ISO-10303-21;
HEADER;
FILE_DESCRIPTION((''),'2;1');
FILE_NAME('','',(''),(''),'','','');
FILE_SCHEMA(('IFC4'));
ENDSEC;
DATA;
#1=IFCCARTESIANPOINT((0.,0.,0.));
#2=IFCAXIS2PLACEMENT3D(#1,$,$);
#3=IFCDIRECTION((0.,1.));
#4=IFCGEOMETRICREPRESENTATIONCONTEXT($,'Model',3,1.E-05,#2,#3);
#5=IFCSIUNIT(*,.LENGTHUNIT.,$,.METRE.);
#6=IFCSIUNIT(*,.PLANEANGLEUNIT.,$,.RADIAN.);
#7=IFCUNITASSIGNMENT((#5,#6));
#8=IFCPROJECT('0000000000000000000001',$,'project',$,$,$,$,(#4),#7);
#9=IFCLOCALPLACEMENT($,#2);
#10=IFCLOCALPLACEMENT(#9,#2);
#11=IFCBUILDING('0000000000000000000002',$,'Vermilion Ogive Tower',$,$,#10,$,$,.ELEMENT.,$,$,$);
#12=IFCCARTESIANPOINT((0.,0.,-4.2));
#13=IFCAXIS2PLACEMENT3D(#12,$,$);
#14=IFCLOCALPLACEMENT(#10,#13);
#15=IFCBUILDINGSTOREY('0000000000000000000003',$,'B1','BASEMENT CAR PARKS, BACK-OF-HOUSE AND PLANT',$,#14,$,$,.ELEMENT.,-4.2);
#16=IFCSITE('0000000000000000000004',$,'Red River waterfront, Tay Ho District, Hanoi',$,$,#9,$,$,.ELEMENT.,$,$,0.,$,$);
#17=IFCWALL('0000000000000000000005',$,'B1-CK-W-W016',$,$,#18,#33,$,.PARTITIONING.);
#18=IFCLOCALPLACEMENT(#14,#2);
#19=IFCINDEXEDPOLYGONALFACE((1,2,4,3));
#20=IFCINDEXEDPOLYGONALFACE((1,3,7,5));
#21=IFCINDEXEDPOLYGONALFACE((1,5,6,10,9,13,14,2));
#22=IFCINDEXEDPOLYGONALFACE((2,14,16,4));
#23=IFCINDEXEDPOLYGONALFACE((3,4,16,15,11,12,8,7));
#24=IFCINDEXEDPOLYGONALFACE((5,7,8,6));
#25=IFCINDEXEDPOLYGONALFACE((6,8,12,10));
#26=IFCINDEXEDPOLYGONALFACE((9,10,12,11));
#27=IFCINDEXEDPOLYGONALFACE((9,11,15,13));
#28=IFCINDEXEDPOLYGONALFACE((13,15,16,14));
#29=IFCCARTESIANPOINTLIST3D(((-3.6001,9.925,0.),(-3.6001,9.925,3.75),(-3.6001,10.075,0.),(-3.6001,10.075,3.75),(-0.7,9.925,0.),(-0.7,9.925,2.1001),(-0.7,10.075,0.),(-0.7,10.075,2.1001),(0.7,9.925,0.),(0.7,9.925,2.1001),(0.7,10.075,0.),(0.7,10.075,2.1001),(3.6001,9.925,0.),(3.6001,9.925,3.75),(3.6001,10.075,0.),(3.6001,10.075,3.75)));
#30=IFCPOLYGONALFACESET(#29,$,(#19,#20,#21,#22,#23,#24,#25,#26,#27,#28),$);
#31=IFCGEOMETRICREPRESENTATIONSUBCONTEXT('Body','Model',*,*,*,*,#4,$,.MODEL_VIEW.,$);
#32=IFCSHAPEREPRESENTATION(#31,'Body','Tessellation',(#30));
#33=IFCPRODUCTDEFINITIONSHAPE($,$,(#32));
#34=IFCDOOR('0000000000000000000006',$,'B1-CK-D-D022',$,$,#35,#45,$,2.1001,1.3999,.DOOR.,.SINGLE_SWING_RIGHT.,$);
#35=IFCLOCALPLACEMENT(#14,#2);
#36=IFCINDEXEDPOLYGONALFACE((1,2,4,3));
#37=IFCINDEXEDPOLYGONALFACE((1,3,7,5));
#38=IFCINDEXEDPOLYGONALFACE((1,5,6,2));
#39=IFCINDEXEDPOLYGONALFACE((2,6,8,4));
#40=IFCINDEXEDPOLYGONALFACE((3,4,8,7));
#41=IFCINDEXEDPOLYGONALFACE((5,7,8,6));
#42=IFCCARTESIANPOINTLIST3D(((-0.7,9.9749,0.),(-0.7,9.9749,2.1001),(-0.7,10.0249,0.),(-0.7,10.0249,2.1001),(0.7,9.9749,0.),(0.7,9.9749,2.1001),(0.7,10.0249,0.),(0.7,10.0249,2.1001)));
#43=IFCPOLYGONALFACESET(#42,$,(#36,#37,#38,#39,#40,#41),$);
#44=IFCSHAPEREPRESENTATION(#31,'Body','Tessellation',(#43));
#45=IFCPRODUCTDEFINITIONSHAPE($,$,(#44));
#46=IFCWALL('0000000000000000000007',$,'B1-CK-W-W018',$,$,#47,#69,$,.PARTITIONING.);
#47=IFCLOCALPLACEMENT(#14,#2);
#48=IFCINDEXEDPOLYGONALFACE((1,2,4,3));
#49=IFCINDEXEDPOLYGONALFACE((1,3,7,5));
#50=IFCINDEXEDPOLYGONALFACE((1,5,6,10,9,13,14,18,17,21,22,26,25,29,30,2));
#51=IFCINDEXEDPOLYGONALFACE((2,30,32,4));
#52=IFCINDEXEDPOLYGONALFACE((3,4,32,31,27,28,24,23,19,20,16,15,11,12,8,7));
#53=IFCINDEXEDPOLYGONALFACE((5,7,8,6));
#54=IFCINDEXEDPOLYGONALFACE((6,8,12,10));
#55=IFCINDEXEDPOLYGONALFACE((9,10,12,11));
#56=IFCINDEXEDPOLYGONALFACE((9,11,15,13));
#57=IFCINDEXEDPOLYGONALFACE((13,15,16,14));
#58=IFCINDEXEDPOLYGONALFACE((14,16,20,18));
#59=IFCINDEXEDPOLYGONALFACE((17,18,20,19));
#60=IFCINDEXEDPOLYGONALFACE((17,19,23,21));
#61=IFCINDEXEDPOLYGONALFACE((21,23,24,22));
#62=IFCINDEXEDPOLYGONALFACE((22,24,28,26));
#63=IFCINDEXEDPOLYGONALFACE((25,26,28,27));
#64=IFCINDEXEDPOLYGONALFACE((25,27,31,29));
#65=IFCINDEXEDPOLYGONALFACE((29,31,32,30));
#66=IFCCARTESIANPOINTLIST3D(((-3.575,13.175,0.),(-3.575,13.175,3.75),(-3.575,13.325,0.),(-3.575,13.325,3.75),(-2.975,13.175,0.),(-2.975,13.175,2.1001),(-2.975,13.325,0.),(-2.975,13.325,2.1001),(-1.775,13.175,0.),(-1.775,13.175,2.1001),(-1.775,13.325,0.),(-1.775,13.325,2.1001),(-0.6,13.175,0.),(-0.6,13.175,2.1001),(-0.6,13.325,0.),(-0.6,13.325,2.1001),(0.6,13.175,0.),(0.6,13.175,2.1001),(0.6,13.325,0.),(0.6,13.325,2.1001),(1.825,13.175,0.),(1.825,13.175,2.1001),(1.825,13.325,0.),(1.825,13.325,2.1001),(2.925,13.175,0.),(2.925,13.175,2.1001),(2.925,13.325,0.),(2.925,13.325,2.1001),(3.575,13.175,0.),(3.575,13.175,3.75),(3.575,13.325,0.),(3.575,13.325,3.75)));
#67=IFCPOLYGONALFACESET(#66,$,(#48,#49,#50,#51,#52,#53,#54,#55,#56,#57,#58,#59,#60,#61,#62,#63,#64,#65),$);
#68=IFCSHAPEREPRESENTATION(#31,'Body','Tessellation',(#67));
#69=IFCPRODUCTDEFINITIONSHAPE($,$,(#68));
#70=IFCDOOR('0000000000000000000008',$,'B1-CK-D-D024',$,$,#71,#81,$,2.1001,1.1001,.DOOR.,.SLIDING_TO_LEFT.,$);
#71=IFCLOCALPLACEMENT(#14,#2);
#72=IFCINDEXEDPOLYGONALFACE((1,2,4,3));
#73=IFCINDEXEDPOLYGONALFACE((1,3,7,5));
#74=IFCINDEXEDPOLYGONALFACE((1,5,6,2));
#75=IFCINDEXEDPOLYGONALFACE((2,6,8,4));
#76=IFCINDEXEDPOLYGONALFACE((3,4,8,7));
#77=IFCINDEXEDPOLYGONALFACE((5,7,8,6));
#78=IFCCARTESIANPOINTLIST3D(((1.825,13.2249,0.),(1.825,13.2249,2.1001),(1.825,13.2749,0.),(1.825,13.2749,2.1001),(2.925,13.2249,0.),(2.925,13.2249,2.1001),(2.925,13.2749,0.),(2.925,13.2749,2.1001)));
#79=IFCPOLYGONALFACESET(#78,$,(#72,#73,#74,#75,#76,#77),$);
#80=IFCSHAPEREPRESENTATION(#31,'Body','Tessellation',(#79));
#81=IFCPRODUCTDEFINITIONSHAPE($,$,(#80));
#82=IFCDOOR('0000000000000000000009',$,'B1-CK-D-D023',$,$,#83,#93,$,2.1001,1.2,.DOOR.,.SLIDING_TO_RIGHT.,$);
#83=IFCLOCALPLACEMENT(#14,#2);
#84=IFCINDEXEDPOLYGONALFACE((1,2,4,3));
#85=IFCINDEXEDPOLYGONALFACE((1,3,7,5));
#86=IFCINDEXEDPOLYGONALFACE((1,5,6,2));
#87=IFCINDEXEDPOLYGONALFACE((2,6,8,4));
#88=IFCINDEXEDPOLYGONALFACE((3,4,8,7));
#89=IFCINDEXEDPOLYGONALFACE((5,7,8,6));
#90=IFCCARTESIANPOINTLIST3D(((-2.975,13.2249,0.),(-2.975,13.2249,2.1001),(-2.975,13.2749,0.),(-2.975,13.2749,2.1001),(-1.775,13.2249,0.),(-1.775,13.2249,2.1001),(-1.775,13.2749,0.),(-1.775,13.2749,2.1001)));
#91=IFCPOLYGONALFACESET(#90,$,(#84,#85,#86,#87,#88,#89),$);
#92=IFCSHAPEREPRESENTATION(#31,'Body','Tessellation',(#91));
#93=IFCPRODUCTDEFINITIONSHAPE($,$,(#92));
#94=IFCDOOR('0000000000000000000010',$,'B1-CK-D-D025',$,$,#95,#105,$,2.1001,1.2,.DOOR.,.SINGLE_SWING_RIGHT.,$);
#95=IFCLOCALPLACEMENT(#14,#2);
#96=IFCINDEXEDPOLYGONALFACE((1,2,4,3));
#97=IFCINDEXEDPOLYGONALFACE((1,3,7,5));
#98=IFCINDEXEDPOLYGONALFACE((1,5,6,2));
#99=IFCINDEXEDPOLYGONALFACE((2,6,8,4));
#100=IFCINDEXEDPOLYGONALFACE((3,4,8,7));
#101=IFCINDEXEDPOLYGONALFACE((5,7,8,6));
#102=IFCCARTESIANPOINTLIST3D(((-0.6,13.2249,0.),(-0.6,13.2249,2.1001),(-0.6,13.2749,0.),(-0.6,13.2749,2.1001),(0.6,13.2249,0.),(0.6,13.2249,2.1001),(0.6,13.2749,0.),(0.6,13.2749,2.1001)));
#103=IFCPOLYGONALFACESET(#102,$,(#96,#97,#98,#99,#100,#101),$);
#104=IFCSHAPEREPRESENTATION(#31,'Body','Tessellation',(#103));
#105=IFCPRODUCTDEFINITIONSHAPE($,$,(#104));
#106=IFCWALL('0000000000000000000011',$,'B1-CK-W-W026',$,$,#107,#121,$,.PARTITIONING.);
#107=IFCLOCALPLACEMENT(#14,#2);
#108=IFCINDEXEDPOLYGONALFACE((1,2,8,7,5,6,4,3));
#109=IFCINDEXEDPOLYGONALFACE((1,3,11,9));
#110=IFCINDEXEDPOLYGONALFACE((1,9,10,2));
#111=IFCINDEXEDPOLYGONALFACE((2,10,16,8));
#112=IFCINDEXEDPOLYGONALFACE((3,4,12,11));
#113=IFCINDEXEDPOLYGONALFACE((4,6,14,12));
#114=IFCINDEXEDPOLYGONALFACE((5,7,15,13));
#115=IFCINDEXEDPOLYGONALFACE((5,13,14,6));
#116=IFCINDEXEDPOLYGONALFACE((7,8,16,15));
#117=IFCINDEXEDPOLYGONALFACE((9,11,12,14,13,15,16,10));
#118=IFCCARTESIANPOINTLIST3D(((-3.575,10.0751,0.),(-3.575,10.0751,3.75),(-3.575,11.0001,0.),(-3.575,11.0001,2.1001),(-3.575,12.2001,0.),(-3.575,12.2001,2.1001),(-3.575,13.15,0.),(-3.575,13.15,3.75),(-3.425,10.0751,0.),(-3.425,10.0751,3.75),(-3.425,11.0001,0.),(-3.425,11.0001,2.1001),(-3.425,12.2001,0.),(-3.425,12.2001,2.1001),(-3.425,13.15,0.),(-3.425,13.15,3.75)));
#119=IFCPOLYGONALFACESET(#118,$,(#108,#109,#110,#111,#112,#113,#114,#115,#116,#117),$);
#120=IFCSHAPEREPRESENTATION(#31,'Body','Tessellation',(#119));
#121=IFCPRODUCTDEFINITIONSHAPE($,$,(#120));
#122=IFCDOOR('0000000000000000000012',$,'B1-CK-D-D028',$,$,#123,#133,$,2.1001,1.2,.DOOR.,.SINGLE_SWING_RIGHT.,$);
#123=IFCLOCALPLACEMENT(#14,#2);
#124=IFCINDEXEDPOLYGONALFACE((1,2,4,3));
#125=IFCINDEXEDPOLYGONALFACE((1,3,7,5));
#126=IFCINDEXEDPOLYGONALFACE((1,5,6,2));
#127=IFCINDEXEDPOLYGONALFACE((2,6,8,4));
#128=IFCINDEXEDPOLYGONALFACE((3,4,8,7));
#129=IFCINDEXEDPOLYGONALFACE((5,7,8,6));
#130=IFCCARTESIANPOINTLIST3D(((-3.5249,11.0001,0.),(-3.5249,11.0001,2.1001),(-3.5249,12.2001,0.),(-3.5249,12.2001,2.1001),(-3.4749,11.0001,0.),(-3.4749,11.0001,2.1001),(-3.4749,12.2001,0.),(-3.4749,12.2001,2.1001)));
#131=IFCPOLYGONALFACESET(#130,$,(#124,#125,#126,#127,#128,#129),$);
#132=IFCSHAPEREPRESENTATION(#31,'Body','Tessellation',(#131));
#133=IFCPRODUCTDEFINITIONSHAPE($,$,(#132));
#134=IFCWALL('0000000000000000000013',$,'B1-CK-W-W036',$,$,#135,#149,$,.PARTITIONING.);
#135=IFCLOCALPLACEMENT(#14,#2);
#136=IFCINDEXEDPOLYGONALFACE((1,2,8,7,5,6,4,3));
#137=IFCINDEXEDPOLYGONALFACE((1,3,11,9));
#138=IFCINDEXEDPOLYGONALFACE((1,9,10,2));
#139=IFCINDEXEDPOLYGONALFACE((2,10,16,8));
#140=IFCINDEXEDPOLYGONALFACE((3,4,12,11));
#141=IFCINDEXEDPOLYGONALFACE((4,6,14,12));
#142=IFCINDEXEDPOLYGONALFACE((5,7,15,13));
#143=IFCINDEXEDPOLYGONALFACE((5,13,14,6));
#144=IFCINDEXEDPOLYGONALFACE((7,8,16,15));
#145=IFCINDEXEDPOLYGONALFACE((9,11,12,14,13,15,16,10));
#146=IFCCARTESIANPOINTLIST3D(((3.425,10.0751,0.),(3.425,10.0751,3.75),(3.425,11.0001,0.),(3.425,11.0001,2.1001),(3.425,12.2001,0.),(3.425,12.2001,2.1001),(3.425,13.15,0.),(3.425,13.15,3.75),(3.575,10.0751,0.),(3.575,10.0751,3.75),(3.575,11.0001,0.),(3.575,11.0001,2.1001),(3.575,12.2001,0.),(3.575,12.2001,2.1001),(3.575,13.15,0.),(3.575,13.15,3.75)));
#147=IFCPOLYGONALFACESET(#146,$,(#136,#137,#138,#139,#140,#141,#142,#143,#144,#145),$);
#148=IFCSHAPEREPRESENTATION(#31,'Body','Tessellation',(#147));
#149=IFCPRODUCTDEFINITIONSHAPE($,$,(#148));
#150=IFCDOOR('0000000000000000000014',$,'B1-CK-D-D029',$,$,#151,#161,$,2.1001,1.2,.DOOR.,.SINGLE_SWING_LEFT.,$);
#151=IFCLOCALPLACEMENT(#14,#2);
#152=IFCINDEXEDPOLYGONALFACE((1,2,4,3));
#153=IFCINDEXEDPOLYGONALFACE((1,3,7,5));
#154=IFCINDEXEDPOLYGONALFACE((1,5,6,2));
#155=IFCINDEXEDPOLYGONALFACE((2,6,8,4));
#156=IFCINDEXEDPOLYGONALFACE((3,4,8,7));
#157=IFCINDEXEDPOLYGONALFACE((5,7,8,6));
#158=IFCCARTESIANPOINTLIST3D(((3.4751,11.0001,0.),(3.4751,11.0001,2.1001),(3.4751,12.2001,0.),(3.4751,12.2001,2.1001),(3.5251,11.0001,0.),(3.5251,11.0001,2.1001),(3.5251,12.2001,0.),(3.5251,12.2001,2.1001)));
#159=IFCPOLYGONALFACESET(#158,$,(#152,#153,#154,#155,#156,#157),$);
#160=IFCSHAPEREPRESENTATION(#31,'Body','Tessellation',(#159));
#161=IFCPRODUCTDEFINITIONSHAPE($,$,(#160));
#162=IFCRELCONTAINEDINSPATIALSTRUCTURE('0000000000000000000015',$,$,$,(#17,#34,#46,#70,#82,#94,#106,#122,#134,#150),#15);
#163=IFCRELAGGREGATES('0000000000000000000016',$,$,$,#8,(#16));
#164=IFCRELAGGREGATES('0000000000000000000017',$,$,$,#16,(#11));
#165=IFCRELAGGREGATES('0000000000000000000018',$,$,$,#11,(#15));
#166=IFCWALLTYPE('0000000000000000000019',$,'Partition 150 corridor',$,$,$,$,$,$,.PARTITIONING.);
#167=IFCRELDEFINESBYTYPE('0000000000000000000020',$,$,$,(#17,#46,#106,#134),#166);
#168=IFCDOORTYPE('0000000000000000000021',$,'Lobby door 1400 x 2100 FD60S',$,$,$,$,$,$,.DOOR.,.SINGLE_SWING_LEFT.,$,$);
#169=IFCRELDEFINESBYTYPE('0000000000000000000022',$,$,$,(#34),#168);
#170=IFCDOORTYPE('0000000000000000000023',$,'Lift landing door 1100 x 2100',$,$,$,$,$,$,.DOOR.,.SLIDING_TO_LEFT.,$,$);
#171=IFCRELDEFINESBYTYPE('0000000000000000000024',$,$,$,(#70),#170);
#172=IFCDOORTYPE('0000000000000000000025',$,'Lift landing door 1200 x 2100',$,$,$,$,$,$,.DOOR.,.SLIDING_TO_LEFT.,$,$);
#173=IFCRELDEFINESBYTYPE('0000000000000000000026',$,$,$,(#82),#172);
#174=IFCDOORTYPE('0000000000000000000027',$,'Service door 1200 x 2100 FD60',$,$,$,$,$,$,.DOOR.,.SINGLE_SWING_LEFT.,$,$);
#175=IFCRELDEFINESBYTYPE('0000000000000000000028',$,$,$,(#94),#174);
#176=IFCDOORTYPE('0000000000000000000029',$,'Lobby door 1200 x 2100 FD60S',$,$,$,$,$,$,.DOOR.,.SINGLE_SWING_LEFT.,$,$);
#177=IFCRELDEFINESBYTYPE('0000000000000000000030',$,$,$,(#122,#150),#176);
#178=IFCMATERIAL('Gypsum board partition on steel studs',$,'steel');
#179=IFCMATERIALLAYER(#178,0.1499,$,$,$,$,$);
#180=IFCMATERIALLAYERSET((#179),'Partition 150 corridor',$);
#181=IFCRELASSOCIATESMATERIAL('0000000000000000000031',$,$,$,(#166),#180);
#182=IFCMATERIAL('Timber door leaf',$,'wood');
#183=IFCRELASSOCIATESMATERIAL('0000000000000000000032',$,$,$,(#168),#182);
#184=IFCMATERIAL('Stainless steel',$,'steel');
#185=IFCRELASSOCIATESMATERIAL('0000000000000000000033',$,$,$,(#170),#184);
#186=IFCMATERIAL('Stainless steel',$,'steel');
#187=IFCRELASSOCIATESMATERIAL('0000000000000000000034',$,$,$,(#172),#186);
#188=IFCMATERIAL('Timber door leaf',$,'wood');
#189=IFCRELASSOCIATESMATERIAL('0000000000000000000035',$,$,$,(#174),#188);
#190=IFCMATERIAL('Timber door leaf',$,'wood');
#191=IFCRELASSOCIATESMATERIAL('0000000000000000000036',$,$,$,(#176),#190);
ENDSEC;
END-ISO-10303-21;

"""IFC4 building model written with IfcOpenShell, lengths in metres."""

from ifc_helpers import new_model, si_unit, direction, frame, frame_2d, origin, place, context, subcontext, project, spatial, rectangle, extrude, material, layer, layer_set, type_object, element, fill, save


model = new_model("IFC4")

# Units and contexts
model_context = context("Model", 3, precision=1e-05, world=origin(), true_north=direction((0.0, 1.0)))
body_context = subcontext(model_context, "Body", "Model", "MODEL_VIEW")
ifc_project = project(units=[si_unit("LENGTHUNIT", "METRE"), si_unit("PLANEANGLEUNIT", "RADIAN")], contexts=[model_context])

# Site, building, storey
site_placement = place(None, origin())
site = spatial("IfcSite", under=ifc_project, at=site_placement, Name="Red River waterfront, Tay Ho District, Hanoi", CompositionType="ELEMENT", RefElevation=0.0)
building_placement = place(site_placement, origin())
building = spatial("IfcBuilding", under=site, at=building_placement, Name="Vermilion Ogive Tower", CompositionType="ELEMENT")
storey_placement = place(building_placement, frame((0.0, 0.0, -4.2)))
storey = spatial("IfcBuildingStorey", under=building, at=storey_placement, Name="B1", Description="BASEMENT CAR PARKS, BACK-OF-HOUSE AND PLANT", CompositionType="ELEMENT", Elevation=-4.2)

# Wall, opening, door
ifc_material_1 = material(Name="Gypsum board partition on steel studs", Category="steel")
ifc_layer_1 = layer(ifc_material_1, 0.1499)
ifc_layer_set_1 = layer_set([ifc_layer_1], Name="Partition 150 corridor")
wall_type_1 = type_object("IfcWallType", Name="Partition 150 corridor", PredefinedType="PARTITIONING", material=ifc_layer_set_1)
wall_1_placement = place(storey_placement, frame((-3.6001, 10.0, 0.0), z_axis=(0.0, 0.0, 1.0), x_axis=(1.0, 0.0, 0.0)))
wall_1 = element("IfcWall", 1, at=wall_1_placement, inside=storey, type_object=wall_type_1, Name="B1-CK-W-W016", PredefinedType="PARTITIONING", context=body_context, shape_type="SweptSolid", body=[
    extrude(rectangle(XDim=7.2002, YDim=0.1499, at=frame_2d((3.6001, 0.0))), origin(), (0.0, 0.0, 1.0), 3.75),
])
opening_1_placement = place(wall_1_placement, frame((2.9001, 0.0, 0.0)))
opening_1 = element("IfcOpeningElement", 2, at=opening_1_placement, cuts=wall_1, PredefinedType="OPENING", context=body_context, shape_type="SweptSolid", body=[
    extrude(rectangle(XDim=1.3999, YDim=2.1001, at=frame_2d((0.7, 1.05))), frame((0.0, 0.085, 0.0), z_axis=(0.0, -1.0, 0.0), x_axis=(1.0, 0.0, 0.0)), (0.0, 0.0, 1.0), 0.1699),
])
ifc_material_2 = material(Name="Timber door leaf", Category="wood")
door_type_1 = type_object("IfcDoorType", Name="Lobby door 1400 x 2100 FD60S", OperationType="SINGLE_SWING_LEFT", PredefinedType="DOOR", material=ifc_material_2)
door_1_placement = place(opening_1_placement, origin())
door_1 = element("IfcDoor", 3, at=door_1_placement, inside=storey, type_object=door_type_1, Name="B1-CK-D-D022", OperationType="SINGLE_SWING_RIGHT", OverallHeight=2.1001, OverallWidth=1.3999, PredefinedType="DOOR", context=body_context, shape_type="SweptSolid", body=[
    extrude(rectangle(XDim=1.3999, YDim=2.1001, at=frame_2d((0.7, 1.05))), frame((0.0, 0.0249, 0.0), z_axis=(0.0, -1.0, 0.0), x_axis=(1.0, 0.0, 0.0)), (0.0, 0.0, 1.0), 0.05),
])
fill(opening_1, door_1)

# Wall, openings, doors
wall_2_placement = place(storey_placement, frame((-3.575, 13.25, 0.0), z_axis=(0.0, 0.0, 1.0), x_axis=(1.0, 0.0, 0.0)))
wall_2 = element("IfcWall", 4, at=wall_2_placement, inside=storey, type_object=wall_type_1, Name="B1-CK-W-W018", PredefinedType="PARTITIONING", context=body_context, shape_type="SweptSolid", body=[
    extrude(rectangle(XDim=7.1499, YDim=0.1499, at=frame_2d((3.575, 0.0))), origin(), (0.0, 0.0, 1.0), 3.75),
])
opening_2_placement = place(wall_2_placement, frame((0.5999, 0.0, 0.0)))
opening_2 = element("IfcOpeningElement", 5, at=opening_2_placement, cuts=wall_2, PredefinedType="OPENING", context=body_context, shape_type="SweptSolid", body=[
    extrude(rectangle(XDim=1.2, YDim=2.1001, at=frame_2d((0.6001, 1.05))), frame((0.0, 0.085, 0.0), z_axis=(0.0, -1.0, 0.0), x_axis=(1.0, 0.0, 0.0)), (0.0, 0.0, 1.0), 0.1699),
])
opening_3_placement = place(wall_2_placement, frame((5.3999, 0.0, 0.0)))
opening_3 = element("IfcOpeningElement", 6, at=opening_3_placement, cuts=wall_2, PredefinedType="OPENING", context=body_context, shape_type="SweptSolid", body=[
    extrude(rectangle(XDim=1.1001, YDim=2.1001, at=frame_2d((0.55, 1.05))), frame((0.0, 0.085, 0.0), z_axis=(0.0, -1.0, 0.0), x_axis=(1.0, 0.0, 0.0)), (0.0, 0.0, 1.0), 0.1699),
])
opening_4_placement = place(wall_2_placement, frame((2.9749, 0.0, 0.0)))
opening_4 = element("IfcOpeningElement", 7, at=opening_4_placement, cuts=wall_2, PredefinedType="OPENING", context=body_context, shape_type="SweptSolid", body=[
    extrude(rectangle(XDim=1.2, YDim=2.1001, at=frame_2d((0.6001, 1.05))), frame((0.0, 0.085, 0.0), z_axis=(0.0, -1.0, 0.0), x_axis=(1.0, 0.0, 0.0)), (0.0, 0.0, 1.0), 0.1699),
])
ifc_material_3 = material(Name="Stainless steel", Category="steel")
door_type_2 = type_object("IfcDoorType", Name="Lift landing door 1100 x 2100", OperationType="SLIDING_TO_LEFT", PredefinedType="DOOR", material=ifc_material_3)
door_2_placement = place(opening_3_placement, origin())
door_2 = element("IfcDoor", 8, at=door_2_placement, inside=storey, type_object=door_type_2, Name="B1-CK-D-D024", OperationType="SLIDING_TO_LEFT", OverallHeight=2.1001, OverallWidth=1.1001, PredefinedType="DOOR", context=body_context, shape_type="SweptSolid", body=[
    extrude(rectangle(XDim=1.1001, YDim=2.1001, at=frame_2d((0.55, 1.05))), frame((0.0, 0.0249, 0.0), z_axis=(0.0, -1.0, 0.0), x_axis=(1.0, 0.0, 0.0)), (0.0, 0.0, 1.0), 0.05),
])
fill(opening_3, door_2)
ifc_material_4 = material(Name="Stainless steel", Category="steel")
door_type_3 = type_object("IfcDoorType", Name="Lift landing door 1200 x 2100", OperationType="SLIDING_TO_LEFT", PredefinedType="DOOR", material=ifc_material_4)
door_3_placement = place(opening_2_placement, origin())
door_3 = element("IfcDoor", 9, at=door_3_placement, inside=storey, type_object=door_type_3, Name="B1-CK-D-D023", OperationType="SLIDING_TO_RIGHT", OverallHeight=2.1001, OverallWidth=1.2, PredefinedType="DOOR", context=body_context, shape_type="SweptSolid", body=[
    extrude(rectangle(XDim=1.2, YDim=2.1001, at=frame_2d((0.6001, 1.05))), frame((0.0, 0.0249, 0.0), z_axis=(0.0, -1.0, 0.0), x_axis=(1.0, 0.0, 0.0)), (0.0, 0.0, 1.0), 0.05),
])
fill(opening_2, door_3)
ifc_material_5 = material(Name="Timber door leaf", Category="wood")
door_type_4 = type_object("IfcDoorType", Name="Service door 1200 x 2100 FD60", OperationType="SINGLE_SWING_LEFT", PredefinedType="DOOR", material=ifc_material_5)
door_4_placement = place(opening_4_placement, origin())
door_4 = element("IfcDoor", 10, at=door_4_placement, inside=storey, type_object=door_type_4, Name="B1-CK-D-D025", OperationType="SINGLE_SWING_RIGHT", OverallHeight=2.1001, OverallWidth=1.2, PredefinedType="DOOR", context=body_context, shape_type="SweptSolid", body=[
    extrude(rectangle(XDim=1.2, YDim=2.1001, at=frame_2d((0.6001, 1.05))), frame((0.0, 0.0249, 0.0), z_axis=(0.0, -1.0, 0.0), x_axis=(1.0, 0.0, 0.0)), (0.0, 0.0, 1.0), 0.05),
])
fill(opening_4, door_4)

# Walls, openings, doors
wall_3_placement = place(storey_placement, frame((-3.5, 10.075, 0.0), z_axis=(0.0, 0.0, 1.0), x_axis=(0.0, 1.0, 0.0)))
wall_3 = element("IfcWall", 11, at=wall_3_placement, inside=storey, type_object=wall_type_1, Name="B1-CK-W-W026", PredefinedType="PARTITIONING", context=body_context, shape_type="SweptSolid", body=[
    extrude(rectangle(XDim=3.075, YDim=0.1499, at=frame_2d((1.5376, 0.0))), origin(), (0.0, 0.0, 1.0), 3.75),
])
opening_5_placement = place(wall_3_placement, frame((0.925, 0.0, 0.0)))
opening_5 = element("IfcOpeningElement", 12, at=opening_5_placement, cuts=wall_3, PredefinedType="OPENING", context=body_context, shape_type="SweptSolid", body=[
    extrude(rectangle(XDim=1.2, YDim=2.1001, at=frame_2d((0.6001, 1.05))), frame((0.0, 0.085, 0.0), z_axis=(0.0, -1.0, 0.0), x_axis=(1.0, 0.0, 0.0)), (0.0, 0.0, 1.0), 0.1699),
])
ifc_material_6 = material(Name="Timber door leaf", Category="wood")
door_type_5 = type_object("IfcDoorType", Name="Lobby door 1200 x 2100 FD60S", OperationType="SINGLE_SWING_LEFT", PredefinedType="DOOR", material=ifc_material_6)
door_5_placement = place(opening_5_placement, origin())
door_5 = element("IfcDoor", 13, at=door_5_placement, inside=storey, type_object=door_type_5, Name="B1-CK-D-D028", OperationType="SINGLE_SWING_RIGHT", OverallHeight=2.1001, OverallWidth=1.2, PredefinedType="DOOR", context=body_context, shape_type="SweptSolid", body=[
    extrude(rectangle(XDim=1.2, YDim=2.1001, at=frame_2d((0.6001, 1.05))), frame((0.0, 0.0249, 0.0), z_axis=(0.0, -1.0, 0.0), x_axis=(1.0, 0.0, 0.0)), (0.0, 0.0, 1.0), 0.05),
])
fill(opening_5, door_5)
wall_4_placement = place(storey_placement, frame((3.5, 10.075, 0.0), z_axis=(0.0, 0.0, 1.0), x_axis=(0.0, 1.0, 0.0)))
wall_4 = element("IfcWall", 14, at=wall_4_placement, inside=storey, type_object=wall_type_1, Name="B1-CK-W-W036", PredefinedType="PARTITIONING", context=body_context, shape_type="SweptSolid", body=[
    extrude(rectangle(XDim=3.075, YDim=0.1499, at=frame_2d((1.5376, 0.0))), origin(), (0.0, 0.0, 1.0), 3.75),
])
opening_6_placement = place(wall_4_placement, frame((0.925, 0.0, 0.0)))
opening_6 = element("IfcOpeningElement", 15, at=opening_6_placement, cuts=wall_4, PredefinedType="OPENING", context=body_context, shape_type="SweptSolid", body=[
    extrude(rectangle(XDim=1.2, YDim=2.1001, at=frame_2d((0.6001, 1.05))), frame((0.0, 0.085, 0.0), z_axis=(0.0, -1.0, 0.0), x_axis=(1.0, 0.0, 0.0)), (0.0, 0.0, 1.0), 0.1699),
])
door_6_placement = place(opening_6_placement, origin())
door_6 = element("IfcDoor", 16, at=door_6_placement, inside=storey, type_object=door_type_5, Name="B1-CK-D-D029", OperationType="SINGLE_SWING_LEFT", OverallHeight=2.1001, OverallWidth=1.2, PredefinedType="DOOR", context=body_context, shape_type="SweptSolid", body=[
    extrude(rectangle(XDim=1.2, YDim=2.1001, at=frame_2d((0.6001, 1.05))), frame((0.0, 0.0249, 0.0), z_axis=(0.0, -1.0, 0.0), x_axis=(1.0, 0.0, 0.0)), (0.0, 0.0, 1.0), 0.05),
])
fill(opening_6, door_6)

save(model, "model.ifc")
